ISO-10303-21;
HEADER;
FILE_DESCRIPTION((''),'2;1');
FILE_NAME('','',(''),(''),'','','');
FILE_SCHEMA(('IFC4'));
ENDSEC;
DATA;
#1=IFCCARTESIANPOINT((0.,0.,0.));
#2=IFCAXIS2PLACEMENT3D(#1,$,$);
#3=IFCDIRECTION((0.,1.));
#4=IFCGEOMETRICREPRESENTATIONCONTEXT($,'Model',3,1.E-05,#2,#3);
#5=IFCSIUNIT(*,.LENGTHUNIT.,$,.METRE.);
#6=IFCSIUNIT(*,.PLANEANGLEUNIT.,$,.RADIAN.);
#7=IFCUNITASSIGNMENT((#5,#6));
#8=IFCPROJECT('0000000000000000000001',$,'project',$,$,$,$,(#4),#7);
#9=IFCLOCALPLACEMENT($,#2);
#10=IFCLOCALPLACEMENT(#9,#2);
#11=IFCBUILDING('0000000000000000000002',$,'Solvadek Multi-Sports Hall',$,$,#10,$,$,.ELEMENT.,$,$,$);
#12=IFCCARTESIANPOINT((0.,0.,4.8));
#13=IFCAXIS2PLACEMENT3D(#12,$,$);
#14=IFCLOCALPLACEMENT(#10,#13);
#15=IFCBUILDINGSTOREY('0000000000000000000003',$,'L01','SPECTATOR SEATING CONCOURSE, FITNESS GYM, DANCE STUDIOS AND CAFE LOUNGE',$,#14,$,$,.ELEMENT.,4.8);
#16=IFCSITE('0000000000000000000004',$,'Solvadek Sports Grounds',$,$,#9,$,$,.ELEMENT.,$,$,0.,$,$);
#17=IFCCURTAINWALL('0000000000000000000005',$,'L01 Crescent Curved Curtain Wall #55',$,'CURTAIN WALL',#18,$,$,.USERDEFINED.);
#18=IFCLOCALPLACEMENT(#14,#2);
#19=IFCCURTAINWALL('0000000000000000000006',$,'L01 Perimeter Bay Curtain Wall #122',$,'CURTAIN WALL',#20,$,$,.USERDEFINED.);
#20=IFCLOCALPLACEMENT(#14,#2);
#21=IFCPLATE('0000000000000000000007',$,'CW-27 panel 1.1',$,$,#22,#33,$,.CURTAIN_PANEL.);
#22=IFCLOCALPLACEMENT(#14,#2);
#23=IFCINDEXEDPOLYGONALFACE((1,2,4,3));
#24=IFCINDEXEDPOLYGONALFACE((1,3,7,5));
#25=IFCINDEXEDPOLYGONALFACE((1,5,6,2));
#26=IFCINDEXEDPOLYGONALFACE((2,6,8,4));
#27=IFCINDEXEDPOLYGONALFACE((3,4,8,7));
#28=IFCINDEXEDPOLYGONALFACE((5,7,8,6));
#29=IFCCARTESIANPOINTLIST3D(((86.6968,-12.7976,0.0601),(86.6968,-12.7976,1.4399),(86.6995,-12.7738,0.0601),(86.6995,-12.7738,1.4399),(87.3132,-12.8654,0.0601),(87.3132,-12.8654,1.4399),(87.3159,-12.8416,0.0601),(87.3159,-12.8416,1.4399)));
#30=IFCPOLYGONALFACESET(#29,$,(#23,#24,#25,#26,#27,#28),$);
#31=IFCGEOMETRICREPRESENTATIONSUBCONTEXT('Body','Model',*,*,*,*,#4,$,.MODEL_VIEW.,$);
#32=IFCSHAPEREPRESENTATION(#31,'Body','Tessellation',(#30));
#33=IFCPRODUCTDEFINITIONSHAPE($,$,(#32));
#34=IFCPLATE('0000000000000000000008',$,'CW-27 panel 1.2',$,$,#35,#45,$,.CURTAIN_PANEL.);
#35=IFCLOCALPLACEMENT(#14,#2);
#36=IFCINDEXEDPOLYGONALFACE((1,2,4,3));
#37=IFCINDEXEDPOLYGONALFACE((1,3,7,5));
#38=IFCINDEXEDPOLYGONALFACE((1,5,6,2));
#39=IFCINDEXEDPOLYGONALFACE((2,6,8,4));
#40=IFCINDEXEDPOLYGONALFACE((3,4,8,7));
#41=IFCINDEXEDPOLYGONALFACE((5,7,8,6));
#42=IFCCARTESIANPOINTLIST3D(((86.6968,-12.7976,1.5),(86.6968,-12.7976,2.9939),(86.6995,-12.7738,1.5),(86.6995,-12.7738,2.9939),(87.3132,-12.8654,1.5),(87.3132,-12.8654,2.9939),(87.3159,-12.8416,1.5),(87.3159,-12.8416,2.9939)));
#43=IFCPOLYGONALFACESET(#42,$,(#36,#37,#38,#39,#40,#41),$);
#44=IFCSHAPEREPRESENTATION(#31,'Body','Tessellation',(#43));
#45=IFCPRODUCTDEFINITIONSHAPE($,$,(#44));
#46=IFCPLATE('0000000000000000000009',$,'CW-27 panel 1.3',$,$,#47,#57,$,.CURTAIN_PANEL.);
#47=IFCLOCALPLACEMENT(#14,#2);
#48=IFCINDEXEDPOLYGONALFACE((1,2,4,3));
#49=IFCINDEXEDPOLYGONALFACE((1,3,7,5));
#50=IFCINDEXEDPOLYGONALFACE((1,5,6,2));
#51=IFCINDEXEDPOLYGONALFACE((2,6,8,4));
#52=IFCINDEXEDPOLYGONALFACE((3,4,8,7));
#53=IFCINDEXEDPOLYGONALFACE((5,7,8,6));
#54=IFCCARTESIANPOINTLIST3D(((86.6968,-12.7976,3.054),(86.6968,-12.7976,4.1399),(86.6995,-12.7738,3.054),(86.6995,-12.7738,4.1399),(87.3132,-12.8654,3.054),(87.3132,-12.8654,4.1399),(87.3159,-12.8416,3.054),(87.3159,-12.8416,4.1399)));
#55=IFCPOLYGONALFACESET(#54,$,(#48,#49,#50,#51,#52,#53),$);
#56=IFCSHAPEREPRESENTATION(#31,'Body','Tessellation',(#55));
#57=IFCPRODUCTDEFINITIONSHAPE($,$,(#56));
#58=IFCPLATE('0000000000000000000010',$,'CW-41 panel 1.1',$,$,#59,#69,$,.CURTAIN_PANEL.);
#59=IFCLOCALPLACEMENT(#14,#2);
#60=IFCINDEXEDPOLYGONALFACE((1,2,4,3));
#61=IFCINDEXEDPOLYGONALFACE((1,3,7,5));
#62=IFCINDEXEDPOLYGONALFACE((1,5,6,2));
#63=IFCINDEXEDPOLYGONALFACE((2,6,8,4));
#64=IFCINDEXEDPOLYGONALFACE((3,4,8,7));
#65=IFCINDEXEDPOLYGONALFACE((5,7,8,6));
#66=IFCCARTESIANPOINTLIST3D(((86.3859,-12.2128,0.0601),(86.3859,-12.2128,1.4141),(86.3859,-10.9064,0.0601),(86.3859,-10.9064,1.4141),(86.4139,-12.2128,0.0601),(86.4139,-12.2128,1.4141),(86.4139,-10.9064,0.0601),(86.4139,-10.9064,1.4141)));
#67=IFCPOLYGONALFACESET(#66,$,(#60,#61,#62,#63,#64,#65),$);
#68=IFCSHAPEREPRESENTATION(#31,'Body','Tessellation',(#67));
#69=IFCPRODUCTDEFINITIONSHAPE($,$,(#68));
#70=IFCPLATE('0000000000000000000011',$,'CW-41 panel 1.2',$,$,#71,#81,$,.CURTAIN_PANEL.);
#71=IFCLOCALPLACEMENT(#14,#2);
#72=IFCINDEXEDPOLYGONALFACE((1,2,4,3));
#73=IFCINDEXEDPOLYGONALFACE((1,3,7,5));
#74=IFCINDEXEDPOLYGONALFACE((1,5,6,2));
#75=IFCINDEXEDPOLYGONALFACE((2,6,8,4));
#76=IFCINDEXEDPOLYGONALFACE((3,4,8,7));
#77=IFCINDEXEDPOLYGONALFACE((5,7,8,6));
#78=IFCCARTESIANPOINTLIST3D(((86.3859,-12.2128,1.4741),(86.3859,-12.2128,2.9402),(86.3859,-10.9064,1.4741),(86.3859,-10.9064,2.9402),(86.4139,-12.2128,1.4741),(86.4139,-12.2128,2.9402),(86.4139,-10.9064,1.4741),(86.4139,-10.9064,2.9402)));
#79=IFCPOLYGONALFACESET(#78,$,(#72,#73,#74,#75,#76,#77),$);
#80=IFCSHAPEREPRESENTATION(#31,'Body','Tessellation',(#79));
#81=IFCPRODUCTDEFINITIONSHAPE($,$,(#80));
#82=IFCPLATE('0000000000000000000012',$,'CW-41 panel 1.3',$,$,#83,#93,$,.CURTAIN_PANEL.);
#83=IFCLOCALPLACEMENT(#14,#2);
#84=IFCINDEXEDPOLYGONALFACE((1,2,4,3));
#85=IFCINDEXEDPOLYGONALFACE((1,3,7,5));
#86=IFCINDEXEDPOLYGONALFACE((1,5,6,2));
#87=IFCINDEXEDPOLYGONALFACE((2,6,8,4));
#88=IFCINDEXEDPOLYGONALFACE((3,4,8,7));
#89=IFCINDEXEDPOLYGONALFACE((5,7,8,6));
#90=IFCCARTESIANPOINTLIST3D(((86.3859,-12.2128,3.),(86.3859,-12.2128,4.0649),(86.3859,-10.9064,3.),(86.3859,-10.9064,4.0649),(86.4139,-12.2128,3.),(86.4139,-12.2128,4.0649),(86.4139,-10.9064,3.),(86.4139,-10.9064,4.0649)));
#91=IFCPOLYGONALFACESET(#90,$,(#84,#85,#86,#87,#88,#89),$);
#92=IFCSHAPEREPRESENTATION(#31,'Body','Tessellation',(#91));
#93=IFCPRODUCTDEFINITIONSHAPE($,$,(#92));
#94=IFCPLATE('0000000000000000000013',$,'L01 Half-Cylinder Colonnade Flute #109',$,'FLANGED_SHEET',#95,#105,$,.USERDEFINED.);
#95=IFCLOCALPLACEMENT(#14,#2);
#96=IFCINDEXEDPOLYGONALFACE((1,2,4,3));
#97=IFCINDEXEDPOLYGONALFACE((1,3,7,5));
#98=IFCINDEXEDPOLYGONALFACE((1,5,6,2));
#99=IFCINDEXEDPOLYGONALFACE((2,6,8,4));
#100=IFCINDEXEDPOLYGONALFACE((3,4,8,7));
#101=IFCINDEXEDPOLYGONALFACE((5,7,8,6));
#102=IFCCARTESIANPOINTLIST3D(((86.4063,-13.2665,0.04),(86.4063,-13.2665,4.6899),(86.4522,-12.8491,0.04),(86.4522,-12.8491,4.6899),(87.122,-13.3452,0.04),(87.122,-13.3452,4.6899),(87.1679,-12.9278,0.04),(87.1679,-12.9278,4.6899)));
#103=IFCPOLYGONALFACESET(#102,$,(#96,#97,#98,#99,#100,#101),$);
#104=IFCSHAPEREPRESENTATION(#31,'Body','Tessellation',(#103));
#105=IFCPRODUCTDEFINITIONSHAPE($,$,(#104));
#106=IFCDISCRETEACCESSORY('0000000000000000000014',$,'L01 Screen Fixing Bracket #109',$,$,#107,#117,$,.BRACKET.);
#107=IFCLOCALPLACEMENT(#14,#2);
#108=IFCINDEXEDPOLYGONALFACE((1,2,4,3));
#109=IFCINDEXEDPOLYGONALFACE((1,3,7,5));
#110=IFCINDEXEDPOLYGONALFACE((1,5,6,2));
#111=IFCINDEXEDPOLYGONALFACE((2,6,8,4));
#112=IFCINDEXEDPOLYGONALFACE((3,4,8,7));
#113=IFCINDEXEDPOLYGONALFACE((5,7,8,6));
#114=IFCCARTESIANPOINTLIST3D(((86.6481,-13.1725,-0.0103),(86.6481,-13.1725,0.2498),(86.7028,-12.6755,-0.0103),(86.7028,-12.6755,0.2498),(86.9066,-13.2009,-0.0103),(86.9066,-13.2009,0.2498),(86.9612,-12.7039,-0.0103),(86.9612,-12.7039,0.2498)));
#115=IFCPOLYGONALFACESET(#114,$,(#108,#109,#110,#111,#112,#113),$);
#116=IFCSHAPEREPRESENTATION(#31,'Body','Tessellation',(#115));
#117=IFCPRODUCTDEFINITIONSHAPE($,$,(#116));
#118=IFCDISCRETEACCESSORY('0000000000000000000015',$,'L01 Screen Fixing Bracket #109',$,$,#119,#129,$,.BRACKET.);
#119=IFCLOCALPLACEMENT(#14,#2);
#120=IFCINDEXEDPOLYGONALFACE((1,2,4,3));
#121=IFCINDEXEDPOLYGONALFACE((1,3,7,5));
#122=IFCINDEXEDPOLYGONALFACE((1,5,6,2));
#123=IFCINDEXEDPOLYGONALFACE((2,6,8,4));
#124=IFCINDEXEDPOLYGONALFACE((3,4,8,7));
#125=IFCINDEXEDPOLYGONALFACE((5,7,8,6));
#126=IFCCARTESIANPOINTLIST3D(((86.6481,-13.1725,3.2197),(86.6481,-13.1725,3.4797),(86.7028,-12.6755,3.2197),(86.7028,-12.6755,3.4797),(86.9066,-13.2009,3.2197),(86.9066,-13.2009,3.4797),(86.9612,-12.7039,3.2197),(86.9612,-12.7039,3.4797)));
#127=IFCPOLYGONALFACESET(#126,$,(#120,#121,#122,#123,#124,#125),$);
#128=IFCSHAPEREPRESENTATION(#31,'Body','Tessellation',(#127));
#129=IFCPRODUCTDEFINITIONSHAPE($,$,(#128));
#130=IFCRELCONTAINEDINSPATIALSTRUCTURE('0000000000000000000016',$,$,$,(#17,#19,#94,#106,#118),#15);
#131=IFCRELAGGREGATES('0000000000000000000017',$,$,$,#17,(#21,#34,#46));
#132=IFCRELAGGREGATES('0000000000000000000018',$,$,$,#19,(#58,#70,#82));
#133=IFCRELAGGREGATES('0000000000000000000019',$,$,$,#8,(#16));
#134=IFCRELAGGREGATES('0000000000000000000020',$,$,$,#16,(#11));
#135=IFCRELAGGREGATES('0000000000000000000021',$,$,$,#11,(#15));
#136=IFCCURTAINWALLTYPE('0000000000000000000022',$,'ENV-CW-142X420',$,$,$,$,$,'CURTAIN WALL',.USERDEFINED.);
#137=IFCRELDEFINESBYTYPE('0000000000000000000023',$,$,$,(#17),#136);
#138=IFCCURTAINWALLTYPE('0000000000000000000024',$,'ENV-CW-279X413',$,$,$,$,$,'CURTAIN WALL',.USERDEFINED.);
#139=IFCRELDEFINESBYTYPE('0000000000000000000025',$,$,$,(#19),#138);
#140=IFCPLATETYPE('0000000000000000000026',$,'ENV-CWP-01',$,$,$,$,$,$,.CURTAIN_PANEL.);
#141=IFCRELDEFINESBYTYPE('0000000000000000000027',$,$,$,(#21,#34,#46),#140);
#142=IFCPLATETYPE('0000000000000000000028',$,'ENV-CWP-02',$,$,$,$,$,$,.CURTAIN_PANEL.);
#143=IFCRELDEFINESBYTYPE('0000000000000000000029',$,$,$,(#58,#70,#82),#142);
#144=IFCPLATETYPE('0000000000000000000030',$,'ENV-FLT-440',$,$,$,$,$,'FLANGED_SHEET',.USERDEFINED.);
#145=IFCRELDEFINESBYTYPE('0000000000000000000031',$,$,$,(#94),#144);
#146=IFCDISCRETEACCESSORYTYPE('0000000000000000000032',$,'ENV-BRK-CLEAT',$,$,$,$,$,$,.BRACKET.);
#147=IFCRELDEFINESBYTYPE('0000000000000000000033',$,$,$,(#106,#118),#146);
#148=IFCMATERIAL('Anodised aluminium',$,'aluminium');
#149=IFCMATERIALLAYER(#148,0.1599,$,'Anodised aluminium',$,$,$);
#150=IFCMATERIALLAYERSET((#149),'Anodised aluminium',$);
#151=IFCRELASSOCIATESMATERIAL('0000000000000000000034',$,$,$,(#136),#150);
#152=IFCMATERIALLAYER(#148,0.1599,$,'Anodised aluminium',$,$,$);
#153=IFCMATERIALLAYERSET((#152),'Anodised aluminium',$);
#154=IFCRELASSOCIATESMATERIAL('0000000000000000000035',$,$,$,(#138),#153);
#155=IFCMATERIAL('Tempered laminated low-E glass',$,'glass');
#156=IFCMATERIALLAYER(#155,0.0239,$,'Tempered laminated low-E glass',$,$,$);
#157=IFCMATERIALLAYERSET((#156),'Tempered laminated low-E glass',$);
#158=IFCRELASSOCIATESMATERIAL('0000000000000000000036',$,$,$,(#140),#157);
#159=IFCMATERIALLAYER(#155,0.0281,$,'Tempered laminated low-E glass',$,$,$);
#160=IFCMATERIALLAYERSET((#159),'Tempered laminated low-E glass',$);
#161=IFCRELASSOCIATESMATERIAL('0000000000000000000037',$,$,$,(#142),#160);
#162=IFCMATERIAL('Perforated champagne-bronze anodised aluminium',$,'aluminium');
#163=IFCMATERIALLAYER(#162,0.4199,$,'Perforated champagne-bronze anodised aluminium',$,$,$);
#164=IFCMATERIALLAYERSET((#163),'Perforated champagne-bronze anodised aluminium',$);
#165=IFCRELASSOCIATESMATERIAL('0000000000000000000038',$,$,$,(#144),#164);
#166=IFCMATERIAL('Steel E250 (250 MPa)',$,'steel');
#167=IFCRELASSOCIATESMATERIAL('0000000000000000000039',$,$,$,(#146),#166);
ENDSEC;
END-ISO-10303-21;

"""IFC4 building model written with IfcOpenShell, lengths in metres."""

from ifc_helpers import new_model, si_unit, direction, frame, origin, origin_2d, place, context, subcontext, project, spatial, rectangle, extrude, material, layer, layer_set, type_object, element, aggregate, save


model = new_model("IFC4")

# Units and contexts
model_context = context("Model", 3, precision=1e-05, world=origin(), true_north=direction((0.0, 1.0)))
body_context = subcontext(model_context, "Body", "Model", "MODEL_VIEW")
ifc_project = project(units=[si_unit("LENGTHUNIT", "METRE"), si_unit("PLANEANGLEUNIT", "RADIAN")], contexts=[model_context])

# Site, building, storey
site_placement = place(None, origin())
site = spatial("IfcSite", under=ifc_project, at=site_placement, Name="Solvadek Sports Grounds", CompositionType="ELEMENT", RefElevation=0.0)
building_placement = place(site_placement, origin())
building = spatial("IfcBuilding", under=site, at=building_placement, Name="Solvadek Multi-Sports Hall", CompositionType="ELEMENT")
storey_placement = place(building_placement, frame((0.0, 0.0, 4.8)))
storey = spatial("IfcBuildingStorey", under=building, at=storey_placement, Name="L01", Description="SPECTATOR SEATING CONCOURSE, FITNESS GYM, DANCE STUDIOS AND CAFE LOUNGE", CompositionType="ELEMENT", Elevation=4.8)

# Curtain walls
ifc_material_1 = material(Name="Anodised aluminium", Category="aluminium")
ifc_layer_1 = layer(ifc_material_1, 0.1599, Name="Anodised aluminium")
ifc_layer_set_1 = layer_set([ifc_layer_1], Name="Anodised aluminium")
curtain_wall_type_1 = type_object("IfcCurtainWallType", Name="ENV-CW-142X420", ElementType="CURTAIN WALL", PredefinedType="USERDEFINED", material=ifc_layer_set_1)
curtain_wall_1_placement = place(storey_placement, origin())
curtain_wall_1 = element("IfcCurtainWall", 1, at=curtain_wall_1_placement, inside=storey, type_object=curtain_wall_type_1, Name="L01 Crescent Curved Curtain Wall #55", ObjectType="CURTAIN WALL", PredefinedType="USERDEFINED")
ifc_layer_2 = layer(ifc_material_1, 0.1599, Name="Anodised aluminium")
ifc_layer_set_2 = layer_set([ifc_layer_2], Name="Anodised aluminium")
curtain_wall_type_2 = type_object("IfcCurtainWallType", Name="ENV-CW-279X413", ElementType="CURTAIN WALL", PredefinedType="USERDEFINED", material=ifc_layer_set_2)
curtain_wall_2_placement = place(storey_placement, origin())
curtain_wall_2 = element("IfcCurtainWall", 2, at=curtain_wall_2_placement, inside=storey, type_object=curtain_wall_type_2, Name="L01 Perimeter Bay Curtain Wall #122", ObjectType="CURTAIN WALL", PredefinedType="USERDEFINED")

# Shared definitions
ifc_material_2 = material(Name="Steel E250 (250 MPa)", Category="steel")

# Plates
ifc_material_3 = material(Name="Tempered laminated low-E glass", Category="glass")
ifc_layer_3 = layer(ifc_material_3, 0.0239, Name="Tempered laminated low-E glass")
ifc_layer_set_3 = layer_set([ifc_layer_3], Name="Tempered laminated low-E glass")
plate_type_1 = type_object("IfcPlateType", Name="ENV-CWP-01", PredefinedType="CURTAIN_PANEL", material=ifc_layer_set_3)
plate_1_placement = place(storey_placement, frame((87.0063, -12.8196, 0.0601), z_axis=(0.0, 0.0, 1.0), x_axis=(0.99401, -0.109288, 0.0)))
plate_1 = element("IfcPlate", 3, at=plate_1_placement, type_object=plate_type_1, Name="CW-27 panel 1.1", PredefinedType="CURTAIN_PANEL", context=body_context, shape_type="SweptSolid", body=[
    extrude(rectangle(XDim=0.6201, YDim=0.0239, at=origin_2d()), origin(), (0.0, 0.0, 1.0), 1.3799),
])
plate_2_placement = place(storey_placement, frame((87.0063, -12.8196, 1.5), z_axis=(0.0, 0.0, 1.0), x_axis=(0.99401, -0.109288, 0.0)))
plate_2 = element("IfcPlate", 4, at=plate_2_placement, type_object=plate_type_1, Name="CW-27 panel 1.2", PredefinedType="CURTAIN_PANEL", context=body_context, shape_type="SweptSolid", body=[
    extrude(rectangle(XDim=0.6201, YDim=0.0239, at=origin_2d()), origin(), (0.0, 0.0, 1.0), 1.4939),
])
plate_3_placement = place(storey_placement, frame((87.0063, -12.8196, 3.054), z_axis=(0.0, 0.0, 1.0), x_axis=(0.99401, -0.109288, 0.0)))
plate_3 = element("IfcPlate", 5, at=plate_3_placement, type_object=plate_type_1, Name="CW-27 panel 1.3", PredefinedType="CURTAIN_PANEL", context=body_context, shape_type="SweptSolid", body=[
    extrude(rectangle(XDim=0.6201, YDim=0.0239, at=origin_2d()), origin(), (0.0, 0.0, 1.0), 1.0859),
])
aggregate(curtain_wall_1, [plate_1, plate_2, plate_3])
ifc_layer_4 = layer(ifc_material_3, 0.0281, Name="Tempered laminated low-E glass")
ifc_layer_set_4 = layer_set([ifc_layer_4], Name="Tempered laminated low-E glass")
plate_type_2 = type_object("IfcPlateType", Name="ENV-CWP-02", PredefinedType="CURTAIN_PANEL", material=ifc_layer_set_4)
plate_4_placement = place(storey_placement, frame((86.3999, -11.5596, 0.0601), z_axis=(0.0, 0.0, 1.0), x_axis=(0.0, 1.0, 0.0)))
plate_4 = element("IfcPlate", 6, at=plate_4_placement, type_object=plate_type_2, Name="CW-41 panel 1.1", PredefinedType="CURTAIN_PANEL", context=body_context, shape_type="SweptSolid", body=[
    extrude(rectangle(XDim=1.3064, YDim=0.0281, at=origin_2d()), origin(), (0.0, 0.0, 1.0), 1.354),
])
plate_5_placement = place(storey_placement, frame((86.3999, -11.5596, 1.4741), z_axis=(0.0, 0.0, 1.0), x_axis=(0.0, 1.0, 0.0)))
plate_5 = element("IfcPlate", 7, at=plate_5_placement, type_object=plate_type_2, Name="CW-41 panel 1.2", PredefinedType="CURTAIN_PANEL", context=body_context, shape_type="SweptSolid", body=[
    extrude(rectangle(XDim=1.3064, YDim=0.0281, at=origin_2d()), origin(), (0.0, 0.0, 1.0), 1.4661),
])
plate_6_placement = place(storey_placement, frame((86.3999, -11.5596, 3.0), z_axis=(0.0, 0.0, 1.0), x_axis=(0.0, 1.0, 0.0)))
plate_6 = element("IfcPlate", 8, at=plate_6_placement, type_object=plate_type_2, Name="CW-41 panel 1.3", PredefinedType="CURTAIN_PANEL", context=body_context, shape_type="SweptSolid", body=[
    extrude(rectangle(XDim=1.3064, YDim=0.0281, at=origin_2d()), origin(), (0.0, 0.0, 1.0), 1.0649),
])
aggregate(curtain_wall_2, [plate_4, plate_5, plate_6])
ifc_material_4 = material(Name="Perforated champagne-bronze anodised aluminium", Category="aluminium")
ifc_layer_5 = layer(ifc_material_4, 0.4199, Name="Perforated champagne-bronze anodised aluminium")
ifc_layer_set_5 = layer_set([ifc_layer_5], Name="Perforated champagne-bronze anodised aluminium")
plate_type_3 = type_object("IfcPlateType", Name="ENV-FLT-440", ElementType="FLANGED_SHEET", PredefinedType="USERDEFINED", material=ifc_layer_set_5)
plate_7_placement = place(storey_placement, frame((86.7871, -13.0972, 0.04), z_axis=(0.0, 0.0, 1.0), x_axis=(0.994011, -0.109282, 0.0)))
element("IfcPlate", 9, at=plate_7_placement, inside=storey, type_object=plate_type_3, Name="L01 Half-Cylinder Colonnade Flute #109", ObjectType="FLANGED_SHEET", PredefinedType="USERDEFINED", context=body_context, shape_type="SweptSolid", body=[
    extrude(rectangle(XDim=0.72, YDim=0.4199, at=origin_2d()), origin(), (0.0, 0.0, 1.0), 4.6499),
])

# Discrete accessories
discrete_accessory_type = type_object("IfcDiscreteAccessoryType", Name="ENV-BRK-CLEAT", PredefinedType="BRACKET", material=ifc_material_2)
for number, where, z_axis, x_axis, name in (
    (10, (86.8047, -12.9382, -0.0103), (0.0, 0.0, 1.0), (0.994011, -0.109282, 0.0), "L01 Screen Fixing Bracket #109"),
    (11, (86.8047, -12.9382, 3.2197), (0.0, 0.0, 1.0), (0.994011, -0.109282, 0.0), "L01 Screen Fixing Bracket #109"),
):
    element("IfcDiscreteAccessory", number, at=place(storey_placement, frame(where, z_axis=z_axis, x_axis=x_axis)), inside=storey, type_object=discrete_accessory_type, Name=name, PredefinedType="BRACKET", context=body_context, shape_type="SweptSolid", body=[
        extrude(rectangle(XDim=0.26, YDim=0.5, at=origin_2d()), origin(), (0.0, 0.0, 1.0), 0.26),
    ])

save(model, "model.ifc")
